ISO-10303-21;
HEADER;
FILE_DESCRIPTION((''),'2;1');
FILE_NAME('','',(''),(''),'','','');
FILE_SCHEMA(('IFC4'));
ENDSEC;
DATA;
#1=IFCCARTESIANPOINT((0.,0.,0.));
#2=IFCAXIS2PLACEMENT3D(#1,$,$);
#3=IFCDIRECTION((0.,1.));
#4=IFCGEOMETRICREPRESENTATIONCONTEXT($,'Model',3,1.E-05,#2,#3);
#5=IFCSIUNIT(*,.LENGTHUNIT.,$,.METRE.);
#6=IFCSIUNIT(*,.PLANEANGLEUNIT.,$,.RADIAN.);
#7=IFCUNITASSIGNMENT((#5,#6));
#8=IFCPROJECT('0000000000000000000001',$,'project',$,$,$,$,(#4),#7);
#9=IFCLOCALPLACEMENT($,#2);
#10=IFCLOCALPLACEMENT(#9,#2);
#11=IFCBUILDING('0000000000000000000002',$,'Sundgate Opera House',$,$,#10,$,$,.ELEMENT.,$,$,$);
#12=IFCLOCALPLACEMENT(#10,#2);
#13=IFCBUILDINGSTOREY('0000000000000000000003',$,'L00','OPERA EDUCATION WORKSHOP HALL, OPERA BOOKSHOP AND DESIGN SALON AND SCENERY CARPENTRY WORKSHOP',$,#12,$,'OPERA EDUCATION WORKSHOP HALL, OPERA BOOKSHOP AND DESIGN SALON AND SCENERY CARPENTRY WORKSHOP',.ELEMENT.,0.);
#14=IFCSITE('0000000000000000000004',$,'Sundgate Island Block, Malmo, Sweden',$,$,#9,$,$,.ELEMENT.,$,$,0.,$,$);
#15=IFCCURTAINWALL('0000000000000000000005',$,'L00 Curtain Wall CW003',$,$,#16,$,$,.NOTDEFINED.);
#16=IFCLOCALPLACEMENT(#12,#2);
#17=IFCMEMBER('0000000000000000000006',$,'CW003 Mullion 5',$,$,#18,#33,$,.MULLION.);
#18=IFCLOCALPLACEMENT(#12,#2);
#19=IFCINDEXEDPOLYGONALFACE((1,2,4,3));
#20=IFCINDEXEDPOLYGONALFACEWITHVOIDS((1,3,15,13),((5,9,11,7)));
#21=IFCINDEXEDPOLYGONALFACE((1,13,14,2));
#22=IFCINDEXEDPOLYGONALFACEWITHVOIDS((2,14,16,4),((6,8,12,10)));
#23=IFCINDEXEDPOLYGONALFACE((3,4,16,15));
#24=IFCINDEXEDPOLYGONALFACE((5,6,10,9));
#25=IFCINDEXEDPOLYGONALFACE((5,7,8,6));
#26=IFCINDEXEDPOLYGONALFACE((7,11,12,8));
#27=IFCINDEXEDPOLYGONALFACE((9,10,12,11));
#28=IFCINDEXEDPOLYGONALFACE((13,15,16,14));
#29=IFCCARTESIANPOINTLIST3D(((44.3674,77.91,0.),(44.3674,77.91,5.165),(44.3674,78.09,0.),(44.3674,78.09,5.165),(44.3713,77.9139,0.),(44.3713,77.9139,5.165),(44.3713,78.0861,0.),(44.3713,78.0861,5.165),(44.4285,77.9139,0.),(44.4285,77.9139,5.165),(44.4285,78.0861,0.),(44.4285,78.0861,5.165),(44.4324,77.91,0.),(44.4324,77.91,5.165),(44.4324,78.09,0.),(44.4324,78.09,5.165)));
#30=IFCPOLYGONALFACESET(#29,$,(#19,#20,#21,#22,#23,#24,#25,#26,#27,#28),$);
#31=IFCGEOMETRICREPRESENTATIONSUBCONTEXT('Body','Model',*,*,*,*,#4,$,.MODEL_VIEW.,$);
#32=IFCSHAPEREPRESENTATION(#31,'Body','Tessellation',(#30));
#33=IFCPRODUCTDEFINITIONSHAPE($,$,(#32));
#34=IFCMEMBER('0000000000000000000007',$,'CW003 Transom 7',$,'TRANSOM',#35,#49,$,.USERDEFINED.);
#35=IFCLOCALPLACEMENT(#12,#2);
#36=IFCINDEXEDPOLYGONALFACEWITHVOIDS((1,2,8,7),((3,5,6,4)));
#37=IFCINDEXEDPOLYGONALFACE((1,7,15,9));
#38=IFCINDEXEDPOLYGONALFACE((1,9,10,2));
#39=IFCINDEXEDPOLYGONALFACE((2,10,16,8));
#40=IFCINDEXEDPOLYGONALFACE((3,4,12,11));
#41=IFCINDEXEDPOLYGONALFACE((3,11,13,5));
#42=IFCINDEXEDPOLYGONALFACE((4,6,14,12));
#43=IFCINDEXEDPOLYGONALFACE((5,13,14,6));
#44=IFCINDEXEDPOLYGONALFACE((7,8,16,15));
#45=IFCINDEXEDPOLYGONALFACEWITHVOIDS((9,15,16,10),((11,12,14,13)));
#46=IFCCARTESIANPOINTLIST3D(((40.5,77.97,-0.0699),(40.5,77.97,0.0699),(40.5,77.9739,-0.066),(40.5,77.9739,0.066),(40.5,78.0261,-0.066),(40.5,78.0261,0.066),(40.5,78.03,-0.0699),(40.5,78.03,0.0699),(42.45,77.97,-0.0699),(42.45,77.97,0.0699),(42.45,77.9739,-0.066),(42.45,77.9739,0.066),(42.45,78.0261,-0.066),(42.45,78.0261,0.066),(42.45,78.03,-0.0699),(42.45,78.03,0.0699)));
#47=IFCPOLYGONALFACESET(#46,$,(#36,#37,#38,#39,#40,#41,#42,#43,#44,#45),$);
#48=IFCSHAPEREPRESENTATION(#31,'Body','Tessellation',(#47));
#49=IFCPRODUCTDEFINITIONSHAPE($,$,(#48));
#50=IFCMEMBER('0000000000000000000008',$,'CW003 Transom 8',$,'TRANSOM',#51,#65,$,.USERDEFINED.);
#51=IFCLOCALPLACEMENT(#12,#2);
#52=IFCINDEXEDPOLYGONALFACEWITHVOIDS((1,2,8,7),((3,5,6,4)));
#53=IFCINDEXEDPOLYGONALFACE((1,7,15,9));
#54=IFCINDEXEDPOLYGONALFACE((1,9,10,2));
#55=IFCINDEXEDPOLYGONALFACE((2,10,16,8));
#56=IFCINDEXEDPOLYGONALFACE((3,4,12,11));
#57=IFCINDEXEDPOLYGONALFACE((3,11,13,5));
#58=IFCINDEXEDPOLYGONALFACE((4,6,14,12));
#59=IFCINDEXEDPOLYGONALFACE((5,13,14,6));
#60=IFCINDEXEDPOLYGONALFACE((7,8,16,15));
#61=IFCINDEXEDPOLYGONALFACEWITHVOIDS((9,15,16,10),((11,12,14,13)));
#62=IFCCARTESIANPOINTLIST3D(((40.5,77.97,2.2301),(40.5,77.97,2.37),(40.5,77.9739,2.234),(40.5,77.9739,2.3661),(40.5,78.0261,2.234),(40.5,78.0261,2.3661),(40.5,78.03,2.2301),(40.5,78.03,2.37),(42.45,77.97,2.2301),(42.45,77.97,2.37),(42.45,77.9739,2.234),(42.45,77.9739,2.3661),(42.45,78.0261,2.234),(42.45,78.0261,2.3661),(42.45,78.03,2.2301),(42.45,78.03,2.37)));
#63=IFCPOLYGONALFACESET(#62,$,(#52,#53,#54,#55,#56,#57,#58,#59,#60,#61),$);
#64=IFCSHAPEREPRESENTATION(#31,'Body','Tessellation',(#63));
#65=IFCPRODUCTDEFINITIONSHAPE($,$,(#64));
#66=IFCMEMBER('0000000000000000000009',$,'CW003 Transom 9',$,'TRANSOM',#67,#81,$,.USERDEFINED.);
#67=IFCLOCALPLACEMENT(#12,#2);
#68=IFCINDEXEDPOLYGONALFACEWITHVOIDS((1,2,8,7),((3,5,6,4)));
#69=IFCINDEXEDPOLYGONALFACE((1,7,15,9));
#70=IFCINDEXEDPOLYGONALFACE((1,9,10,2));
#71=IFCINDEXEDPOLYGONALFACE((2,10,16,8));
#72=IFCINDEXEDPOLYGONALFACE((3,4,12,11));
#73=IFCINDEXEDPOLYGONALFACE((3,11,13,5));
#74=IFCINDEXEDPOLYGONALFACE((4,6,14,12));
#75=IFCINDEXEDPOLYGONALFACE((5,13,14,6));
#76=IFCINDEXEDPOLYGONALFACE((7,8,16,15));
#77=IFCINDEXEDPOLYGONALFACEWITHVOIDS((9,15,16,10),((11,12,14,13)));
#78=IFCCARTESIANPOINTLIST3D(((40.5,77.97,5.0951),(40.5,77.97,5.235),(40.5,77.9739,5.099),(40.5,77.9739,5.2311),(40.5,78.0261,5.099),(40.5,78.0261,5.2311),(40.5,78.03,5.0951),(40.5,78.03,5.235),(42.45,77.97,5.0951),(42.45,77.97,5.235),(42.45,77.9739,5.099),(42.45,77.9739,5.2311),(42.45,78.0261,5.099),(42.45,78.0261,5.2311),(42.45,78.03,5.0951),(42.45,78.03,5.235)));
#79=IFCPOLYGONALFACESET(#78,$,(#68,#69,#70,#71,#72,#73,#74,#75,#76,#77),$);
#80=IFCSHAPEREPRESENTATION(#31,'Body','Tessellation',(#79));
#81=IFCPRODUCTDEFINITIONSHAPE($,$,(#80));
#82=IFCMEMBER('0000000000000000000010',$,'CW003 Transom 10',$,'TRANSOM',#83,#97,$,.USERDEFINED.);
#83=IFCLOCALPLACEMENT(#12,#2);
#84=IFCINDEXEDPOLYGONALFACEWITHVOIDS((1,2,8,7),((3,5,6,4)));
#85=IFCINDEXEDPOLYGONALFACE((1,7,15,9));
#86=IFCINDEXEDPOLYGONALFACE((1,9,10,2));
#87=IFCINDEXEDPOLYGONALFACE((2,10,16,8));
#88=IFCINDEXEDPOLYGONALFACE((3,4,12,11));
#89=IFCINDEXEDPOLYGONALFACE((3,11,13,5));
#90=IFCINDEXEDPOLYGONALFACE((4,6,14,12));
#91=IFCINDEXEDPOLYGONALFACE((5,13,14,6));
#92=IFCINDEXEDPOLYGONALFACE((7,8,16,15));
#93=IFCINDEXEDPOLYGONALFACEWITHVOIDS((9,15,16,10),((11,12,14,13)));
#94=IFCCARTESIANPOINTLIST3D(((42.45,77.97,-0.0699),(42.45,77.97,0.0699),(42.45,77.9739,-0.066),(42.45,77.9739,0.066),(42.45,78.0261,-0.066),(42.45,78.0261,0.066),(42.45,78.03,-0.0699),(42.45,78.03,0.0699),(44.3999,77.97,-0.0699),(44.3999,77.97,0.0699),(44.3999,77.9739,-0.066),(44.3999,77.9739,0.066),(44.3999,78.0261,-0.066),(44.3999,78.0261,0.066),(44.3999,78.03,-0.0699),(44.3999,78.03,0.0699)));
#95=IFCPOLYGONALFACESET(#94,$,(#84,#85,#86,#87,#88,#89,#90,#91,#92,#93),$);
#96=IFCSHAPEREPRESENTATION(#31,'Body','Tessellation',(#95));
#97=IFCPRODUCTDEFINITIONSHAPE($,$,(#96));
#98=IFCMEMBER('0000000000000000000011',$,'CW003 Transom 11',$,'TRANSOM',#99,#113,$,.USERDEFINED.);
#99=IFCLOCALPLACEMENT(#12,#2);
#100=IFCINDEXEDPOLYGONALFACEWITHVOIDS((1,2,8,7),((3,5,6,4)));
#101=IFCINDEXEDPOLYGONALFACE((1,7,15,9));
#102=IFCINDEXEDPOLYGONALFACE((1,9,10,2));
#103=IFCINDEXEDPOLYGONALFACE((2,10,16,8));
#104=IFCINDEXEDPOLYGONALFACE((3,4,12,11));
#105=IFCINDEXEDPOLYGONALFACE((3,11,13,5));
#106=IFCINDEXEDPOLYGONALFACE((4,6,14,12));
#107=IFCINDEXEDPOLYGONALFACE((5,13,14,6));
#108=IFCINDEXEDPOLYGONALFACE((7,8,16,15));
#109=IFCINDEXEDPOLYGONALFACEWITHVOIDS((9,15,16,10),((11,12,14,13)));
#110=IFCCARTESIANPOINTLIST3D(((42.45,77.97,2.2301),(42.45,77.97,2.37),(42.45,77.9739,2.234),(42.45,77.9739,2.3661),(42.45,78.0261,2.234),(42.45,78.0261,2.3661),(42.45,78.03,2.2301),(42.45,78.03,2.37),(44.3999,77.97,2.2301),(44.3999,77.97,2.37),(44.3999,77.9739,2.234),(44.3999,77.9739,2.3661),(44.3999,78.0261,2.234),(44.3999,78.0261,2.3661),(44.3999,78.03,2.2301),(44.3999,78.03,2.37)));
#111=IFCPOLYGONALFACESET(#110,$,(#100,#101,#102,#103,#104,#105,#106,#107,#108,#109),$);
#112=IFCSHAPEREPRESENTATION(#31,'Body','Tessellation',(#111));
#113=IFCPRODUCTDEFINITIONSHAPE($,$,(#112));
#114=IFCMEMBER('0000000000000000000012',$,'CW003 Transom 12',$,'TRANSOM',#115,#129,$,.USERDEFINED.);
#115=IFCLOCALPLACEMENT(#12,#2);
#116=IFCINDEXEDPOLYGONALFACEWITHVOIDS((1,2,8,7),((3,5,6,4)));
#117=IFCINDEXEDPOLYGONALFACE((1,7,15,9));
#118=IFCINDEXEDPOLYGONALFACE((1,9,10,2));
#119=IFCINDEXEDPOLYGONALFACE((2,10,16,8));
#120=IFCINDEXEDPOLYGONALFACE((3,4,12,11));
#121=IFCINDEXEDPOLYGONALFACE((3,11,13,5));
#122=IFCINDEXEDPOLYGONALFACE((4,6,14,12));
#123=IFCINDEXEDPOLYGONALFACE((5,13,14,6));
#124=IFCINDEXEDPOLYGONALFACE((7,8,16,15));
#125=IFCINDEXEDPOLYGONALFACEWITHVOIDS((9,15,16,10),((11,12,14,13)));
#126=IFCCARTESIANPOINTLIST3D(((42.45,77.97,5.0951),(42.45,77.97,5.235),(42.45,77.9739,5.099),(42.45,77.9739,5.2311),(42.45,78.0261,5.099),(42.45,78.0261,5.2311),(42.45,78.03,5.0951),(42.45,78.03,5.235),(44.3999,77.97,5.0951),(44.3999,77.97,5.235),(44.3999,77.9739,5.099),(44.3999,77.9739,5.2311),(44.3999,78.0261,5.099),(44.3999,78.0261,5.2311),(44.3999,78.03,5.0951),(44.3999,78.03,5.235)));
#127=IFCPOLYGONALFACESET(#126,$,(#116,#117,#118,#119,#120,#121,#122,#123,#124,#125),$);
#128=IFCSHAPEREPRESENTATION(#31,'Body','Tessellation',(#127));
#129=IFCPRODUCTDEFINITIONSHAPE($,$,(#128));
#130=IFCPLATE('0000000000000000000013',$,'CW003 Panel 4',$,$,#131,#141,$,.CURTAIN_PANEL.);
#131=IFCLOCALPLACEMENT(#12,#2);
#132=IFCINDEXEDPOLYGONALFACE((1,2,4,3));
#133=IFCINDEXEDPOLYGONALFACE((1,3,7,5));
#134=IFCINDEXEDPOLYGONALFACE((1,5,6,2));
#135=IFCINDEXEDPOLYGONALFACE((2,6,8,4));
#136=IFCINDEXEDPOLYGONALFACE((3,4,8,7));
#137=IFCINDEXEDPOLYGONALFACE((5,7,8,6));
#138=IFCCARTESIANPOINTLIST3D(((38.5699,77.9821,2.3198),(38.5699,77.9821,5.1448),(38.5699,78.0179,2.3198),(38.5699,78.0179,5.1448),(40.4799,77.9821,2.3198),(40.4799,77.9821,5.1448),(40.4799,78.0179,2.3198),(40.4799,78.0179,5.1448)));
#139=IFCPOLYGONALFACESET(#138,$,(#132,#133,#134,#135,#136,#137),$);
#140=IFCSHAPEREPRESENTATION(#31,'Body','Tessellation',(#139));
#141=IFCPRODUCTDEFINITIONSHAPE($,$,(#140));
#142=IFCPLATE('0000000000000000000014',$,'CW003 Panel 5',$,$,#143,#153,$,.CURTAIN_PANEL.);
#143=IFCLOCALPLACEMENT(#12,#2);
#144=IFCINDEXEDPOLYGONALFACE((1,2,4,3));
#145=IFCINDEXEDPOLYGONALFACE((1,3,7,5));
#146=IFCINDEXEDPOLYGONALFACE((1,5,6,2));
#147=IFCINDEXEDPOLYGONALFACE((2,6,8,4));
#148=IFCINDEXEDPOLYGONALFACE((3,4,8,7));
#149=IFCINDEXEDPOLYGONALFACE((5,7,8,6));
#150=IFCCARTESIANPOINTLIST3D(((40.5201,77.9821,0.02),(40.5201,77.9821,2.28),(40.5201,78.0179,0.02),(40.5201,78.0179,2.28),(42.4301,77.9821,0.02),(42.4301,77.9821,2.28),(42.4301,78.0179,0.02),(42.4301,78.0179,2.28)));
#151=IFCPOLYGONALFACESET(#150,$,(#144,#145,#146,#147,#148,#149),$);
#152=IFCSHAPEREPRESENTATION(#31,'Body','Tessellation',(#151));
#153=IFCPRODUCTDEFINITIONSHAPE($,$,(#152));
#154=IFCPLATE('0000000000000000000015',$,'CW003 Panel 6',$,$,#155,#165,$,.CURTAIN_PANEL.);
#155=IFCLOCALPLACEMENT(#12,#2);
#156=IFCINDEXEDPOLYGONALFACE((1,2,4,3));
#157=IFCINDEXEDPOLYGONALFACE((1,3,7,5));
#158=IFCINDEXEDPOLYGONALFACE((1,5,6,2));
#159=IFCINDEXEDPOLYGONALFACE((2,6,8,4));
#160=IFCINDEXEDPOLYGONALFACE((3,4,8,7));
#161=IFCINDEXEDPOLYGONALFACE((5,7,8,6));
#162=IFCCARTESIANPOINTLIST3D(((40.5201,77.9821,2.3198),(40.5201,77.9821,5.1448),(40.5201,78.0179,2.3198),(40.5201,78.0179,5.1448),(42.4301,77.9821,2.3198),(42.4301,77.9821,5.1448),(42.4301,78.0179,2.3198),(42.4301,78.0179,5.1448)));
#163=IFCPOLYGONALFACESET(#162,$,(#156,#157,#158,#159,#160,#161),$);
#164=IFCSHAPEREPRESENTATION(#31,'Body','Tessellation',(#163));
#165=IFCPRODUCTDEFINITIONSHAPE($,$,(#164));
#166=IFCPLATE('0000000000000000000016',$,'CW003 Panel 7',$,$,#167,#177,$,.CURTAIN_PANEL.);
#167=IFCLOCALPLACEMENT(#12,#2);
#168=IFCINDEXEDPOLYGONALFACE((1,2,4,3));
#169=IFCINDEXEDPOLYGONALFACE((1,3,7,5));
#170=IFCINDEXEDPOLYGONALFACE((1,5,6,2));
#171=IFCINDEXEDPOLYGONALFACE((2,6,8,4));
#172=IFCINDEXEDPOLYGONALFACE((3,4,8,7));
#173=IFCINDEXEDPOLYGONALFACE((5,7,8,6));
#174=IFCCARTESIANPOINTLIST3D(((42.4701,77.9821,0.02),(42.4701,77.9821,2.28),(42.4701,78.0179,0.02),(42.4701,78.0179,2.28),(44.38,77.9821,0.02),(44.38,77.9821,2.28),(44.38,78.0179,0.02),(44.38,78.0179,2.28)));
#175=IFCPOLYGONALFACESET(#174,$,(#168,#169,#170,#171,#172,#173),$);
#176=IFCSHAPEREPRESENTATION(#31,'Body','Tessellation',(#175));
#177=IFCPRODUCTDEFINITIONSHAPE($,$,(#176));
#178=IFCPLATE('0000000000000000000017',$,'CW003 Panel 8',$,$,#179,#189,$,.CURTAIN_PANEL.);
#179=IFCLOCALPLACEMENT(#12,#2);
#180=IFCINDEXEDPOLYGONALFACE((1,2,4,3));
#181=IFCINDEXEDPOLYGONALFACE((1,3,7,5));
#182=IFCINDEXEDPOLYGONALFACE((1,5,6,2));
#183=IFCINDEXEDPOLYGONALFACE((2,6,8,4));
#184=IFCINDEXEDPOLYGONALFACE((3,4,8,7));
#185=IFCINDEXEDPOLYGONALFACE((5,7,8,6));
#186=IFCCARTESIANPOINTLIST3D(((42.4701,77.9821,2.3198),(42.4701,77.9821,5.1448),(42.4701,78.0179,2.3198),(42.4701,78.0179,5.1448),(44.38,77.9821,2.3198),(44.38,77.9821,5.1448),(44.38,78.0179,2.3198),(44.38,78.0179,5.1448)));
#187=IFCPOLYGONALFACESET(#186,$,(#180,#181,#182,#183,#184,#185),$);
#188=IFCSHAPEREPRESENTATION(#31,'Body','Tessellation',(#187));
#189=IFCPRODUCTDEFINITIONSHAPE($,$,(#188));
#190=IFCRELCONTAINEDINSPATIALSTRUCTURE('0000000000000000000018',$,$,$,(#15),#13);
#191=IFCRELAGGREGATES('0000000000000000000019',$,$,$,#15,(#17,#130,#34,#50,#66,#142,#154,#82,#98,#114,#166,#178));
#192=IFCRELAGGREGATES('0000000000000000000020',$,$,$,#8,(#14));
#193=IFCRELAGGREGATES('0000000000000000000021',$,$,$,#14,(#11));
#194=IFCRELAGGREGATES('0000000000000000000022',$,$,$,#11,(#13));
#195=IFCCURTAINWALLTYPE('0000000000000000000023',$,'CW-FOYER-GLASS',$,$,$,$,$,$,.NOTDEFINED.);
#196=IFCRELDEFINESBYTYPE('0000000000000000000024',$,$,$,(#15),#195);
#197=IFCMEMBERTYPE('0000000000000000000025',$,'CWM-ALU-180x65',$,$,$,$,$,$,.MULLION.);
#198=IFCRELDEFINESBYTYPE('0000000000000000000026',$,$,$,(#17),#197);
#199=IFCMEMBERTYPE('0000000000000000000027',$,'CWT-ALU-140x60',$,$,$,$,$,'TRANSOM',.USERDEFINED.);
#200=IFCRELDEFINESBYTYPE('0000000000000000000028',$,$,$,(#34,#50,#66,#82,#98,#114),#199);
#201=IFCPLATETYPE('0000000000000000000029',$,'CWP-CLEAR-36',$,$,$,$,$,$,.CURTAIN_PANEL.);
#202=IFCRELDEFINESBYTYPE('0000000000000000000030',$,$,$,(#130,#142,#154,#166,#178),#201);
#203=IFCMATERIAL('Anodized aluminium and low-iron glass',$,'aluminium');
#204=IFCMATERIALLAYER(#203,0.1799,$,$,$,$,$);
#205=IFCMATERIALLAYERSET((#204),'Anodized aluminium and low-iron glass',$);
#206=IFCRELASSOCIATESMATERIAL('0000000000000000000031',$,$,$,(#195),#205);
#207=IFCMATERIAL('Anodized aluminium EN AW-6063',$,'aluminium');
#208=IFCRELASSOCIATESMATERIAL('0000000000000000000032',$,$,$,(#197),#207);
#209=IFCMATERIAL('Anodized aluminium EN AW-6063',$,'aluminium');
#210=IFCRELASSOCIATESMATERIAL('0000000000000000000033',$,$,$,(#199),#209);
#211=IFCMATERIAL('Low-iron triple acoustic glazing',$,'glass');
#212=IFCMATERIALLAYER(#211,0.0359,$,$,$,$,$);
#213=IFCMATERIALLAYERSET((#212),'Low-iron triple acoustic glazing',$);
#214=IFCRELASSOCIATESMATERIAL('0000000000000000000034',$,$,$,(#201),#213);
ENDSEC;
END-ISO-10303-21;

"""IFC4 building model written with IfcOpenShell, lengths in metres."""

from ifc_helpers import new_model, si_unit, direction, frame, origin, origin_2d, place, context, subcontext, project, spatial, rectangle, hollow_rectangle, extrude, material, layer, layer_set, material_profile, profile_set, type_object, element, aggregate, save


model = new_model("IFC4")

# Units and contexts
model_context = context("Model", 3, precision=1e-05, world=origin(), true_north=direction((0.0, 1.0)))
body_context = subcontext(model_context, "Body", "Model", "MODEL_VIEW")
ifc_project = project(units=[si_unit("LENGTHUNIT", "METRE"), si_unit("PLANEANGLEUNIT", "RADIAN")], contexts=[model_context])

# Site, building, storey
site_placement = place(None, origin())
site = spatial("IfcSite", under=ifc_project, at=site_placement, Name="Sundgate Island Block, Malmo, Sweden", CompositionType="ELEMENT", RefElevation=0.0)
building_placement = place(site_placement, origin())
building = spatial("IfcBuilding", under=site, at=building_placement, Name="Sundgate Opera House", CompositionType="ELEMENT")
storey_placement = place(building_placement, origin())
storey = spatial("IfcBuildingStorey", under=building, at=storey_placement, Name="L00", Description="OPERA EDUCATION WORKSHOP HALL, OPERA BOOKSHOP AND DESIGN SALON AND SCENERY CARPENTRY WORKSHOP", LongName="OPERA EDUCATION WORKSHOP HALL, OPERA BOOKSHOP AND DESIGN SALON AND SCENERY CARPENTRY WORKSHOP", CompositionType="ELEMENT", Elevation=0.0)

# Curtain wall, members, plates
ifc_material_1 = material(Name="Anodized aluminium and low-iron glass", Category="aluminium")
ifc_layer_1 = layer(ifc_material_1, 0.1799)
ifc_layer_set_1 = layer_set([ifc_layer_1], Name="Anodized aluminium and low-iron glass")
curtain_wall_type = type_object("IfcCurtainWallType", Name="CW-FOYER-GLASS", PredefinedType="NOTDEFINED", material=ifc_layer_set_1)
curtain_wall_placement = place(storey_placement, origin())
curtain_wall = element("IfcCurtainWall", 1, at=curtain_wall_placement, inside=storey, type_object=curtain_wall_type, Name="L00 Curtain Wall CW003", PredefinedType="NOTDEFINED")
ifc_material_2 = material(Name="Anodized aluminium EN AW-6063", Category="aluminium")
ifc_material_profile_1 = material_profile(ifc_material_2, hollow_rectangle(XDim=0.0649, YDim=0.1799, WallThickness=0.0039, at=origin_2d()), Name="CWM 180x65x4")
ifc_profile_set_1 = profile_set([ifc_material_profile_1], Name="Anodized aluminium EN AW-6063")
member_type_1 = type_object("IfcMemberType", Name="CWM-ALU-180x65", PredefinedType="MULLION", material=ifc_profile_set_1)
member_1_placement = place(storey_placement, frame((44.3999, 78.0, 0.0), z_axis=(0.0, 0.0, 1.0), x_axis=(1.0, 0.0, 0.0)))
member_1 = element("IfcMember", 2, at=member_1_placement, type_object=member_type_1, Name="CW003 Mullion 5", PredefinedType="MULLION", context=body_context, shape_type="SweptSolid", body=[
    extrude(hollow_rectangle(XDim=0.0649, YDim=0.1799, WallThickness=0.0039, at=origin_2d()), origin(), (0.0, 0.0, 1.0), 5.165),
])
ifc_material_3 = material(Name="Anodized aluminium EN AW-6063", Category="aluminium")
ifc_material_profile_2 = material_profile(ifc_material_3, hollow_rectangle(XDim=0.0601, YDim=0.1399, WallThickness=0.0039, at=origin_2d()), Name="CWT 140x60x4")
ifc_profile_set_2 = profile_set([ifc_material_profile_2], Name="Anodized aluminium EN AW-6063")
member_type_2 = type_object("IfcMemberType", Name="CWT-ALU-140x60", ElementType="TRANSOM", PredefinedType="USERDEFINED", material=ifc_profile_set_2)
member_2_placement = place(storey_placement, frame((40.5, 78.0, 0.0), z_axis=(1.0, 0.0, 0.0), x_axis=(0.0, 1.0, 0.0)))
member_2 = element("IfcMember", 3, at=member_2_placement, type_object=member_type_2, Name="CW003 Transom 7", ObjectType="TRANSOM", PredefinedType="USERDEFINED", context=body_context, shape_type="SweptSolid", body=[
    extrude(hollow_rectangle(XDim=0.0601, YDim=0.1399, WallThickness=0.0039, at=origin_2d()), origin(), (0.0, 0.0, 1.0), 1.95),
])
member_3_placement = place(storey_placement, frame((40.5, 78.0, 2.3), z_axis=(1.0, 0.0, 0.0), x_axis=(0.0, 1.0, 0.0)))
member_3 = element("IfcMember", 4, at=member_3_placement, type_object=member_type_2, Name="CW003 Transom 8", ObjectType="TRANSOM", PredefinedType="USERDEFINED", context=body_context, shape_type="SweptSolid", body=[
    extrude(hollow_rectangle(XDim=0.0601, YDim=0.1399, WallThickness=0.0039, at=origin_2d()), origin(), (0.0, 0.0, 1.0), 1.95),
])
member_4_placement = place(storey_placement, frame((40.5, 78.0, 5.165), z_axis=(1.0, 0.0, 0.0), x_axis=(0.0, 1.0, 0.0)))
member_4 = element("IfcMember", 5, at=member_4_placement, type_object=member_type_2, Name="CW003 Transom 9", ObjectType="TRANSOM", PredefinedType="USERDEFINED", context=body_context, shape_type="SweptSolid", body=[
    extrude(hollow_rectangle(XDim=0.0601, YDim=0.1399, WallThickness=0.0039, at=origin_2d()), origin(), (0.0, 0.0, 1.0), 1.95),
])
member_5_placement = place(storey_placement, frame((42.45, 78.0, 0.0), z_axis=(1.0, 0.0, 0.0), x_axis=(0.0, 1.0, 0.0)))
member_5 = element("IfcMember", 6, at=member_5_placement, type_object=member_type_2, Name="CW003 Transom 10", ObjectType="TRANSOM", PredefinedType="USERDEFINED", context=body_context, shape_type="SweptSolid", body=[
    extrude(hollow_rectangle(XDim=0.0601, YDim=0.1399, WallThickness=0.0039, at=origin_2d()), origin(), (0.0, 0.0, 1.0), 1.95),
])
member_6_placement = place(storey_placement, frame((42.45, 78.0, 2.3), z_axis=(1.0, 0.0, 0.0), x_axis=(0.0, 1.0, 0.0)))
member_6 = element("IfcMember", 7, at=member_6_placement, type_object=member_type_2, Name="CW003 Transom 11", ObjectType="TRANSOM", PredefinedType="USERDEFINED", context=body_context, shape_type="SweptSolid", body=[
    extrude(hollow_rectangle(XDim=0.0601, YDim=0.1399, WallThickness=0.0039, at=origin_2d()), origin(), (0.0, 0.0, 1.0), 1.95),
])
member_7_placement = place(storey_placement, frame((42.45, 78.0, 5.165), z_axis=(1.0, 0.0, 0.0), x_axis=(0.0, 1.0, 0.0)))
member_7 = element("IfcMember", 8, at=member_7_placement, type_object=member_type_2, Name="CW003 Transom 12", ObjectType="TRANSOM", PredefinedType="USERDEFINED", context=body_context, shape_type="SweptSolid", body=[
    extrude(hollow_rectangle(XDim=0.0601, YDim=0.1399, WallThickness=0.0039, at=origin_2d()), origin(), (0.0, 0.0, 1.0), 1.95),
])
ifc_material_4 = material(Name="Low-iron triple acoustic glazing", Category="glass")
ifc_layer_2 = layer(ifc_material_4, 0.0359)
ifc_layer_set_2 = layer_set([ifc_layer_2], Name="Low-iron triple acoustic glazing")
plate_type = type_object("IfcPlateType", Name="CWP-CLEAR-36", PredefinedType="CURTAIN_PANEL", material=ifc_layer_set_2)
plate_1_placement = place(storey_placement, frame((39.5249, 78.0, 2.3198), z_axis=(0.0, 0.0, 1.0), x_axis=(1.0, 0.0, 0.0)))
plate_1 = element("IfcPlate", 9, at=plate_1_placement, type_object=plate_type, Name="CW003 Panel 4", PredefinedType="CURTAIN_PANEL", context=body_context, shape_type="SweptSolid", body=[
    extrude(rectangle(XDim=1.9099, YDim=0.0359, at=origin_2d()), origin(), (0.0, 0.0, 1.0), 2.825),
])
plate_2_placement = place(storey_placement, frame((41.4751, 78.0, 0.02), z_axis=(0.0, 0.0, 1.0), x_axis=(1.0, 0.0, 0.0)))
plate_2 = element("IfcPlate", 10, at=plate_2_placement, type_object=plate_type, Name="CW003 Panel 5", PredefinedType="CURTAIN_PANEL", context=body_context, shape_type="SweptSolid", body=[
    extrude(rectangle(XDim=1.9099, YDim=0.0359, at=origin_2d()), origin(), (0.0, 0.0, 1.0), 2.26),
])
plate_3_placement = place(storey_placement, frame((41.4751, 78.0, 2.3198), z_axis=(0.0, 0.0, 1.0), x_axis=(1.0, 0.0, 0.0)))
plate_3 = element("IfcPlate", 11, at=plate_3_placement, type_object=plate_type, Name="CW003 Panel 6", PredefinedType="CURTAIN_PANEL", context=body_context, shape_type="SweptSolid", body=[
    extrude(rectangle(XDim=1.9099, YDim=0.0359, at=origin_2d()), origin(), (0.0, 0.0, 1.0), 2.825),
])
plate_4_placement = place(storey_placement, frame((43.425, 78.0, 0.02), z_axis=(0.0, 0.0, 1.0), x_axis=(1.0, 0.0, 0.0)))
plate_4 = element("IfcPlate", 12, at=plate_4_placement, type_object=plate_type, Name="CW003 Panel 7", PredefinedType="CURTAIN_PANEL", context=body_context, shape_type="SweptSolid", body=[
    extrude(rectangle(XDim=1.9099, YDim=0.0359, at=origin_2d()), origin(), (0.0, 0.0, 1.0), 2.26),
])
plate_5_placement = place(storey_placement, frame((43.425, 78.0, 2.3198), z_axis=(0.0, 0.0, 1.0), x_axis=(1.0, 0.0, 0.0)))
plate_5 = element("IfcPlate", 13, at=plate_5_placement, type_object=plate_type, Name="CW003 Panel 8", PredefinedType="CURTAIN_PANEL", context=body_context, shape_type="SweptSolid", body=[
    extrude(rectangle(XDim=1.9099, YDim=0.0359, at=origin_2d()), origin(), (0.0, 0.0, 1.0), 2.825),
])
aggregate(curtain_wall, [member_1, plate_1, member_2, member_3, member_4, plate_2, plate_3, member_5, member_6, member_7, plate_4, plate_5])

save(model, "model.ifc")
